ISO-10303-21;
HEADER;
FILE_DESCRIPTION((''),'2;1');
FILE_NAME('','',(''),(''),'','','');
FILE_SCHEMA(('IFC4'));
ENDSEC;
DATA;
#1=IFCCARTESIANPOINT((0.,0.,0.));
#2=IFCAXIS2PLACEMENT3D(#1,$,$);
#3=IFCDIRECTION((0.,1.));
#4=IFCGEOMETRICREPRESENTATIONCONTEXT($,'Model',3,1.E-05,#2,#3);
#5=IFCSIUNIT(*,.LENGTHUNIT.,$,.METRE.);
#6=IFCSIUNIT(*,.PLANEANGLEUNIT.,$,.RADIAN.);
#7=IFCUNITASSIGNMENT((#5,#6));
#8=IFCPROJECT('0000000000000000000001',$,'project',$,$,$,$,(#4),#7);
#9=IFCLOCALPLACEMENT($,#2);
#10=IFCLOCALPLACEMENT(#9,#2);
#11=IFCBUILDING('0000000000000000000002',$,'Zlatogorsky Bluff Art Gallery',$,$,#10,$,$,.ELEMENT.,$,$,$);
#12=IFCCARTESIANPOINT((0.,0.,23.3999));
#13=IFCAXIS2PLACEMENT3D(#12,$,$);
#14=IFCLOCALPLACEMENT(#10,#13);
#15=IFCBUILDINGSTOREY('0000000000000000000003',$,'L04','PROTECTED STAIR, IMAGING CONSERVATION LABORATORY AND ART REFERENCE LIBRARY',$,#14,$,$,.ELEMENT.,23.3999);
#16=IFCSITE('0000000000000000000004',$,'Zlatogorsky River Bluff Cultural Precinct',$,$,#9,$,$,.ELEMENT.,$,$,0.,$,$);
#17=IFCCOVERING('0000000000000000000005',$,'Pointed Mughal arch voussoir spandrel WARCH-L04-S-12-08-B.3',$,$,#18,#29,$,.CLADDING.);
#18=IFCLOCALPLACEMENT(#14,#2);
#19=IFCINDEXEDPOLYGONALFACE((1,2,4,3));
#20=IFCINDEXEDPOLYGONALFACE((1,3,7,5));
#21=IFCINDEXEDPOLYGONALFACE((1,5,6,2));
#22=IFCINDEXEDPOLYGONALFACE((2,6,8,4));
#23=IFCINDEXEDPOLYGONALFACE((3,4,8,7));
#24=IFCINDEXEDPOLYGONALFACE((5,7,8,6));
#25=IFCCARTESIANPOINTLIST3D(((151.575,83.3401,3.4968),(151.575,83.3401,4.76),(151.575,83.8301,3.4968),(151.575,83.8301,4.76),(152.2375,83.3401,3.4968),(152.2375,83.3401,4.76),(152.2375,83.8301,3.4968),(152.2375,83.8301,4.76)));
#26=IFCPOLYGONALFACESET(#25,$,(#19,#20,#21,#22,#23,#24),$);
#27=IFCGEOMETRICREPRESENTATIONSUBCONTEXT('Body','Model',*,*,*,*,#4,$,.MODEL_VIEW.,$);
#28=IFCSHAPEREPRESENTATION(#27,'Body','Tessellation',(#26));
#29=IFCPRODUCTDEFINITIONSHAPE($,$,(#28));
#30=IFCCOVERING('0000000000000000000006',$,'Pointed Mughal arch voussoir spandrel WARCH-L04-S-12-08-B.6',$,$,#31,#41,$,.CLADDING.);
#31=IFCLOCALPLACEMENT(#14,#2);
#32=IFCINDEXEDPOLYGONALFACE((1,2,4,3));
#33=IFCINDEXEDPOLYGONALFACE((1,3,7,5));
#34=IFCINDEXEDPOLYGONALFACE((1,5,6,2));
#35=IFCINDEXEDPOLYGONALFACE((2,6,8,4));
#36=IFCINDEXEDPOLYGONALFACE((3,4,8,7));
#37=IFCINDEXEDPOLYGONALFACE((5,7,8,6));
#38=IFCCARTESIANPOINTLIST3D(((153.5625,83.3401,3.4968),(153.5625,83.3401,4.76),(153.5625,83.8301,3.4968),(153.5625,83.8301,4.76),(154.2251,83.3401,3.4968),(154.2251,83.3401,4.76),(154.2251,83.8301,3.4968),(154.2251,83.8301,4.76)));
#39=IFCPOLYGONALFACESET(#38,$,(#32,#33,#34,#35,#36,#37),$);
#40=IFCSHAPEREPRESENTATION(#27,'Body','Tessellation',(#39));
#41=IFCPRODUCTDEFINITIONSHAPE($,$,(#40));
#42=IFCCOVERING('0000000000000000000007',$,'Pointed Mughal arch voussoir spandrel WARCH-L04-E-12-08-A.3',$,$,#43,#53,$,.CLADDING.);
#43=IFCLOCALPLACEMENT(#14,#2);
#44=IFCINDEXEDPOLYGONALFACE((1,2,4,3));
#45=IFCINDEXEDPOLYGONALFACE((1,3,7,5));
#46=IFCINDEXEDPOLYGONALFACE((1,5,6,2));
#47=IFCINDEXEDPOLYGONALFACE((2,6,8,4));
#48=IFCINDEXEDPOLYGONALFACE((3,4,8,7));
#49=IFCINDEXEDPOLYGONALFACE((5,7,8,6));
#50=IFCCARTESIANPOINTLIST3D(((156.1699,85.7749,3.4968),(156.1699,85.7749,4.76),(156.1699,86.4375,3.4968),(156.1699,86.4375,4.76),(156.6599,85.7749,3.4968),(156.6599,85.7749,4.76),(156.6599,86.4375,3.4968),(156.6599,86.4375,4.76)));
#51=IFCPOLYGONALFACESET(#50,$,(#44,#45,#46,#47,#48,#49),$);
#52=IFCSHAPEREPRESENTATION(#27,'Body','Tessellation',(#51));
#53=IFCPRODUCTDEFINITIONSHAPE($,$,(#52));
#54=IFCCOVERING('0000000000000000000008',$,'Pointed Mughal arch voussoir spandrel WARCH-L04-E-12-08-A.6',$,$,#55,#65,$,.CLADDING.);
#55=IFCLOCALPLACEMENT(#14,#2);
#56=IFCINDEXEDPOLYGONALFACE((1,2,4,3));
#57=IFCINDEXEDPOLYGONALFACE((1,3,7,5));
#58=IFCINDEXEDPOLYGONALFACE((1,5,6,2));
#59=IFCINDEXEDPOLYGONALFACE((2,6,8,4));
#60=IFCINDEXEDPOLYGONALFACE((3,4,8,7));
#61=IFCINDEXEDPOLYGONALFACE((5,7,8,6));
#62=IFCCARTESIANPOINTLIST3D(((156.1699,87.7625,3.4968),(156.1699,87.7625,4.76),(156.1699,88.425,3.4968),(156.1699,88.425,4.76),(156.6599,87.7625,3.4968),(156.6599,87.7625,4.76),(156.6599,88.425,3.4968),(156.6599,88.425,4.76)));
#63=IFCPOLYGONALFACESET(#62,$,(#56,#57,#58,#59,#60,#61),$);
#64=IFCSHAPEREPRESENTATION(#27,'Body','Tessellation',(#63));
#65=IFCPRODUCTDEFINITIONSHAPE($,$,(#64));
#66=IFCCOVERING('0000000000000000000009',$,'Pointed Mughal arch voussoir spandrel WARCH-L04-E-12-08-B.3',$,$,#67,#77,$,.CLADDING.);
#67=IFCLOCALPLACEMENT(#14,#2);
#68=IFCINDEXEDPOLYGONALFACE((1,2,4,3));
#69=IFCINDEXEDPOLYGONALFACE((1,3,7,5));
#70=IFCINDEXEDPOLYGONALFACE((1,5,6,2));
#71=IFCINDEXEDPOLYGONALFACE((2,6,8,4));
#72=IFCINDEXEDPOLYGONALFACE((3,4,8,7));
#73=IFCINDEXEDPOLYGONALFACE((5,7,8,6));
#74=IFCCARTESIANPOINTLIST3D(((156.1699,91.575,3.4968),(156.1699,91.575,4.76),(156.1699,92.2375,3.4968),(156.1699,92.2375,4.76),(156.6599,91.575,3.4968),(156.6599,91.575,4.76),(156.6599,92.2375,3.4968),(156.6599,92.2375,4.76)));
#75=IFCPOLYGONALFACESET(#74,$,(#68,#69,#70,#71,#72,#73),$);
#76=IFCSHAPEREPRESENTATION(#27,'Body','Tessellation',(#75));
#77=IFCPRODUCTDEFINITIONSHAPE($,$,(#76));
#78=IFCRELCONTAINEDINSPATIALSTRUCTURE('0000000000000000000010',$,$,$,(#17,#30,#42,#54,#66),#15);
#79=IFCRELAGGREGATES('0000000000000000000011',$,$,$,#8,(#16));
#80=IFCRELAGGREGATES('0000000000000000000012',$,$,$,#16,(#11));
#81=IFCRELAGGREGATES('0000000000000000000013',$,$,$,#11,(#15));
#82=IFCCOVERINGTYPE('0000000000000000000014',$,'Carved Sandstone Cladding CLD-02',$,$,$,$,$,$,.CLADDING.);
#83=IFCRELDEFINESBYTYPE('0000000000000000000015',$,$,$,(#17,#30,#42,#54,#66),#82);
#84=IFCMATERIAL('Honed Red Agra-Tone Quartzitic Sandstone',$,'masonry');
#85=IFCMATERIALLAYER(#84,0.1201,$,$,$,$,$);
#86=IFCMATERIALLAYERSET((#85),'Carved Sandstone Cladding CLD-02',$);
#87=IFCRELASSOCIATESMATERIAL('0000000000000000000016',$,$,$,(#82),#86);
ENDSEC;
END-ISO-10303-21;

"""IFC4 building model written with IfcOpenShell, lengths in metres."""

from ifc_helpers import new_model, si_unit, direction, frame, origin, place, context, subcontext, project, spatial, polyline, outline, extrude, material, layer, layer_set, type_object, element, save


model = new_model("IFC4")

# Units and contexts
model_context = context("Model", 3, precision=1e-05, world=origin(), true_north=direction((0.0, 1.0)))
body_context = subcontext(model_context, "Body", "Model", "MODEL_VIEW")
ifc_project = project(units=[si_unit("LENGTHUNIT", "METRE"), si_unit("PLANEANGLEUNIT", "RADIAN")], contexts=[model_context])

# Site, building, storey
site_placement = place(None, origin())
site = spatial("IfcSite", under=ifc_project, at=site_placement, Name="Zlatogorsky River Bluff Cultural Precinct", CompositionType="ELEMENT", RefElevation=0.0)
building_placement = place(site_placement, origin())
building = spatial("IfcBuilding", under=site, at=building_placement, Name="Zlatogorsky Bluff Art Gallery", CompositionType="ELEMENT")
storey_placement = place(building_placement, frame((0.0, 0.0, 23.3999)))
storey = spatial("IfcBuildingStorey", under=building, at=storey_placement, Name="L04", Description="PROTECTED STAIR, IMAGING CONSERVATION LABORATORY AND ART REFERENCE LIBRARY", CompositionType="ELEMENT", Elevation=23.3999)

# Coverings
ifc_material = material(Name="Honed Red Agra-Tone Quartzitic Sandstone", Category="masonry")
ifc_layer = layer(ifc_material, 0.1201)
ifc_layer_set = layer_set([ifc_layer], Name="Carved Sandstone Cladding CLD-02")
covering_type = type_object("IfcCoveringType", Name="Carved Sandstone Cladding CLD-02", PredefinedType="CLADDING", material=ifc_layer_set)
covering_1_placement = place(storey_placement, frame((0.0, 0.0, 3.4968)))
element("IfcCovering", 1, at=covering_1_placement, inside=storey, type_object=covering_type, Name="Pointed Mughal arch voussoir spandrel WARCH-L04-S-12-08-B.3", PredefinedType="CLADDING", context=body_context, shape_type="SweptSolid", body=[
    extrude(outline(polyline([(151.575, 83.3401), (152.2375, 83.3401), (152.2375, 83.8301), (151.575, 83.8301), (151.575, 83.3401)])), origin(), (0.0, 0.0, 1.0), 1.2632),
])
covering_2_placement = place(storey_placement, frame((0.0, 0.0, 3.4968)))
element("IfcCovering", 2, at=covering_2_placement, inside=storey, type_object=covering_type, Name="Pointed Mughal arch voussoir spandrel WARCH-L04-S-12-08-B.6", PredefinedType="CLADDING", context=body_context, shape_type="SweptSolid", body=[
    extrude(outline(polyline([(153.5625, 83.3401), (154.2251, 83.3401), (154.2251, 83.8301), (153.5625, 83.8301), (153.5625, 83.3401)])), origin(), (0.0, 0.0, 1.0), 1.2632),
])
covering_3_placement = place(storey_placement, frame((0.0, 0.0, 3.4968)))
element("IfcCovering", 3, at=covering_3_placement, inside=storey, type_object=covering_type, Name="Pointed Mughal arch voussoir spandrel WARCH-L04-E-12-08-A.3", PredefinedType="CLADDING", context=body_context, shape_type="SweptSolid", body=[
    extrude(outline(polyline([(156.1699, 85.7749), (156.1699, 86.4375), (156.6599, 86.4375), (156.6599, 85.7749), (156.1699, 85.7749)])), origin(), (0.0, 0.0, 1.0), 1.2632),
])
covering_4_placement = place(storey_placement, frame((0.0, 0.0, 3.4968)))
element("IfcCovering", 4, at=covering_4_placement, inside=storey, type_object=covering_type, Name="Pointed Mughal arch voussoir spandrel WARCH-L04-E-12-08-A.6", PredefinedType="CLADDING", context=body_context, shape_type="SweptSolid", body=[
    extrude(outline(polyline([(156.1699, 87.7625), (156.1699, 88.425), (156.6599, 88.425), (156.6599, 87.7625), (156.1699, 87.7625)])), origin(), (0.0, 0.0, 1.0), 1.2632),
])
covering_5_placement = place(storey_placement, frame((0.0, 0.0, 3.4968)))
element("IfcCovering", 5, at=covering_5_placement, inside=storey, type_object=covering_type, Name="Pointed Mughal arch voussoir spandrel WARCH-L04-E-12-08-B.3", PredefinedType="CLADDING", context=body_context, shape_type="SweptSolid", body=[
    extrude(outline(polyline([(156.1699, 91.575), (156.1699, 92.2375), (156.6599, 92.2375), (156.6599, 91.575), (156.1699, 91.575)])), origin(), (0.0, 0.0, 1.0), 1.2632),
])

save(model, "model.ifc")
